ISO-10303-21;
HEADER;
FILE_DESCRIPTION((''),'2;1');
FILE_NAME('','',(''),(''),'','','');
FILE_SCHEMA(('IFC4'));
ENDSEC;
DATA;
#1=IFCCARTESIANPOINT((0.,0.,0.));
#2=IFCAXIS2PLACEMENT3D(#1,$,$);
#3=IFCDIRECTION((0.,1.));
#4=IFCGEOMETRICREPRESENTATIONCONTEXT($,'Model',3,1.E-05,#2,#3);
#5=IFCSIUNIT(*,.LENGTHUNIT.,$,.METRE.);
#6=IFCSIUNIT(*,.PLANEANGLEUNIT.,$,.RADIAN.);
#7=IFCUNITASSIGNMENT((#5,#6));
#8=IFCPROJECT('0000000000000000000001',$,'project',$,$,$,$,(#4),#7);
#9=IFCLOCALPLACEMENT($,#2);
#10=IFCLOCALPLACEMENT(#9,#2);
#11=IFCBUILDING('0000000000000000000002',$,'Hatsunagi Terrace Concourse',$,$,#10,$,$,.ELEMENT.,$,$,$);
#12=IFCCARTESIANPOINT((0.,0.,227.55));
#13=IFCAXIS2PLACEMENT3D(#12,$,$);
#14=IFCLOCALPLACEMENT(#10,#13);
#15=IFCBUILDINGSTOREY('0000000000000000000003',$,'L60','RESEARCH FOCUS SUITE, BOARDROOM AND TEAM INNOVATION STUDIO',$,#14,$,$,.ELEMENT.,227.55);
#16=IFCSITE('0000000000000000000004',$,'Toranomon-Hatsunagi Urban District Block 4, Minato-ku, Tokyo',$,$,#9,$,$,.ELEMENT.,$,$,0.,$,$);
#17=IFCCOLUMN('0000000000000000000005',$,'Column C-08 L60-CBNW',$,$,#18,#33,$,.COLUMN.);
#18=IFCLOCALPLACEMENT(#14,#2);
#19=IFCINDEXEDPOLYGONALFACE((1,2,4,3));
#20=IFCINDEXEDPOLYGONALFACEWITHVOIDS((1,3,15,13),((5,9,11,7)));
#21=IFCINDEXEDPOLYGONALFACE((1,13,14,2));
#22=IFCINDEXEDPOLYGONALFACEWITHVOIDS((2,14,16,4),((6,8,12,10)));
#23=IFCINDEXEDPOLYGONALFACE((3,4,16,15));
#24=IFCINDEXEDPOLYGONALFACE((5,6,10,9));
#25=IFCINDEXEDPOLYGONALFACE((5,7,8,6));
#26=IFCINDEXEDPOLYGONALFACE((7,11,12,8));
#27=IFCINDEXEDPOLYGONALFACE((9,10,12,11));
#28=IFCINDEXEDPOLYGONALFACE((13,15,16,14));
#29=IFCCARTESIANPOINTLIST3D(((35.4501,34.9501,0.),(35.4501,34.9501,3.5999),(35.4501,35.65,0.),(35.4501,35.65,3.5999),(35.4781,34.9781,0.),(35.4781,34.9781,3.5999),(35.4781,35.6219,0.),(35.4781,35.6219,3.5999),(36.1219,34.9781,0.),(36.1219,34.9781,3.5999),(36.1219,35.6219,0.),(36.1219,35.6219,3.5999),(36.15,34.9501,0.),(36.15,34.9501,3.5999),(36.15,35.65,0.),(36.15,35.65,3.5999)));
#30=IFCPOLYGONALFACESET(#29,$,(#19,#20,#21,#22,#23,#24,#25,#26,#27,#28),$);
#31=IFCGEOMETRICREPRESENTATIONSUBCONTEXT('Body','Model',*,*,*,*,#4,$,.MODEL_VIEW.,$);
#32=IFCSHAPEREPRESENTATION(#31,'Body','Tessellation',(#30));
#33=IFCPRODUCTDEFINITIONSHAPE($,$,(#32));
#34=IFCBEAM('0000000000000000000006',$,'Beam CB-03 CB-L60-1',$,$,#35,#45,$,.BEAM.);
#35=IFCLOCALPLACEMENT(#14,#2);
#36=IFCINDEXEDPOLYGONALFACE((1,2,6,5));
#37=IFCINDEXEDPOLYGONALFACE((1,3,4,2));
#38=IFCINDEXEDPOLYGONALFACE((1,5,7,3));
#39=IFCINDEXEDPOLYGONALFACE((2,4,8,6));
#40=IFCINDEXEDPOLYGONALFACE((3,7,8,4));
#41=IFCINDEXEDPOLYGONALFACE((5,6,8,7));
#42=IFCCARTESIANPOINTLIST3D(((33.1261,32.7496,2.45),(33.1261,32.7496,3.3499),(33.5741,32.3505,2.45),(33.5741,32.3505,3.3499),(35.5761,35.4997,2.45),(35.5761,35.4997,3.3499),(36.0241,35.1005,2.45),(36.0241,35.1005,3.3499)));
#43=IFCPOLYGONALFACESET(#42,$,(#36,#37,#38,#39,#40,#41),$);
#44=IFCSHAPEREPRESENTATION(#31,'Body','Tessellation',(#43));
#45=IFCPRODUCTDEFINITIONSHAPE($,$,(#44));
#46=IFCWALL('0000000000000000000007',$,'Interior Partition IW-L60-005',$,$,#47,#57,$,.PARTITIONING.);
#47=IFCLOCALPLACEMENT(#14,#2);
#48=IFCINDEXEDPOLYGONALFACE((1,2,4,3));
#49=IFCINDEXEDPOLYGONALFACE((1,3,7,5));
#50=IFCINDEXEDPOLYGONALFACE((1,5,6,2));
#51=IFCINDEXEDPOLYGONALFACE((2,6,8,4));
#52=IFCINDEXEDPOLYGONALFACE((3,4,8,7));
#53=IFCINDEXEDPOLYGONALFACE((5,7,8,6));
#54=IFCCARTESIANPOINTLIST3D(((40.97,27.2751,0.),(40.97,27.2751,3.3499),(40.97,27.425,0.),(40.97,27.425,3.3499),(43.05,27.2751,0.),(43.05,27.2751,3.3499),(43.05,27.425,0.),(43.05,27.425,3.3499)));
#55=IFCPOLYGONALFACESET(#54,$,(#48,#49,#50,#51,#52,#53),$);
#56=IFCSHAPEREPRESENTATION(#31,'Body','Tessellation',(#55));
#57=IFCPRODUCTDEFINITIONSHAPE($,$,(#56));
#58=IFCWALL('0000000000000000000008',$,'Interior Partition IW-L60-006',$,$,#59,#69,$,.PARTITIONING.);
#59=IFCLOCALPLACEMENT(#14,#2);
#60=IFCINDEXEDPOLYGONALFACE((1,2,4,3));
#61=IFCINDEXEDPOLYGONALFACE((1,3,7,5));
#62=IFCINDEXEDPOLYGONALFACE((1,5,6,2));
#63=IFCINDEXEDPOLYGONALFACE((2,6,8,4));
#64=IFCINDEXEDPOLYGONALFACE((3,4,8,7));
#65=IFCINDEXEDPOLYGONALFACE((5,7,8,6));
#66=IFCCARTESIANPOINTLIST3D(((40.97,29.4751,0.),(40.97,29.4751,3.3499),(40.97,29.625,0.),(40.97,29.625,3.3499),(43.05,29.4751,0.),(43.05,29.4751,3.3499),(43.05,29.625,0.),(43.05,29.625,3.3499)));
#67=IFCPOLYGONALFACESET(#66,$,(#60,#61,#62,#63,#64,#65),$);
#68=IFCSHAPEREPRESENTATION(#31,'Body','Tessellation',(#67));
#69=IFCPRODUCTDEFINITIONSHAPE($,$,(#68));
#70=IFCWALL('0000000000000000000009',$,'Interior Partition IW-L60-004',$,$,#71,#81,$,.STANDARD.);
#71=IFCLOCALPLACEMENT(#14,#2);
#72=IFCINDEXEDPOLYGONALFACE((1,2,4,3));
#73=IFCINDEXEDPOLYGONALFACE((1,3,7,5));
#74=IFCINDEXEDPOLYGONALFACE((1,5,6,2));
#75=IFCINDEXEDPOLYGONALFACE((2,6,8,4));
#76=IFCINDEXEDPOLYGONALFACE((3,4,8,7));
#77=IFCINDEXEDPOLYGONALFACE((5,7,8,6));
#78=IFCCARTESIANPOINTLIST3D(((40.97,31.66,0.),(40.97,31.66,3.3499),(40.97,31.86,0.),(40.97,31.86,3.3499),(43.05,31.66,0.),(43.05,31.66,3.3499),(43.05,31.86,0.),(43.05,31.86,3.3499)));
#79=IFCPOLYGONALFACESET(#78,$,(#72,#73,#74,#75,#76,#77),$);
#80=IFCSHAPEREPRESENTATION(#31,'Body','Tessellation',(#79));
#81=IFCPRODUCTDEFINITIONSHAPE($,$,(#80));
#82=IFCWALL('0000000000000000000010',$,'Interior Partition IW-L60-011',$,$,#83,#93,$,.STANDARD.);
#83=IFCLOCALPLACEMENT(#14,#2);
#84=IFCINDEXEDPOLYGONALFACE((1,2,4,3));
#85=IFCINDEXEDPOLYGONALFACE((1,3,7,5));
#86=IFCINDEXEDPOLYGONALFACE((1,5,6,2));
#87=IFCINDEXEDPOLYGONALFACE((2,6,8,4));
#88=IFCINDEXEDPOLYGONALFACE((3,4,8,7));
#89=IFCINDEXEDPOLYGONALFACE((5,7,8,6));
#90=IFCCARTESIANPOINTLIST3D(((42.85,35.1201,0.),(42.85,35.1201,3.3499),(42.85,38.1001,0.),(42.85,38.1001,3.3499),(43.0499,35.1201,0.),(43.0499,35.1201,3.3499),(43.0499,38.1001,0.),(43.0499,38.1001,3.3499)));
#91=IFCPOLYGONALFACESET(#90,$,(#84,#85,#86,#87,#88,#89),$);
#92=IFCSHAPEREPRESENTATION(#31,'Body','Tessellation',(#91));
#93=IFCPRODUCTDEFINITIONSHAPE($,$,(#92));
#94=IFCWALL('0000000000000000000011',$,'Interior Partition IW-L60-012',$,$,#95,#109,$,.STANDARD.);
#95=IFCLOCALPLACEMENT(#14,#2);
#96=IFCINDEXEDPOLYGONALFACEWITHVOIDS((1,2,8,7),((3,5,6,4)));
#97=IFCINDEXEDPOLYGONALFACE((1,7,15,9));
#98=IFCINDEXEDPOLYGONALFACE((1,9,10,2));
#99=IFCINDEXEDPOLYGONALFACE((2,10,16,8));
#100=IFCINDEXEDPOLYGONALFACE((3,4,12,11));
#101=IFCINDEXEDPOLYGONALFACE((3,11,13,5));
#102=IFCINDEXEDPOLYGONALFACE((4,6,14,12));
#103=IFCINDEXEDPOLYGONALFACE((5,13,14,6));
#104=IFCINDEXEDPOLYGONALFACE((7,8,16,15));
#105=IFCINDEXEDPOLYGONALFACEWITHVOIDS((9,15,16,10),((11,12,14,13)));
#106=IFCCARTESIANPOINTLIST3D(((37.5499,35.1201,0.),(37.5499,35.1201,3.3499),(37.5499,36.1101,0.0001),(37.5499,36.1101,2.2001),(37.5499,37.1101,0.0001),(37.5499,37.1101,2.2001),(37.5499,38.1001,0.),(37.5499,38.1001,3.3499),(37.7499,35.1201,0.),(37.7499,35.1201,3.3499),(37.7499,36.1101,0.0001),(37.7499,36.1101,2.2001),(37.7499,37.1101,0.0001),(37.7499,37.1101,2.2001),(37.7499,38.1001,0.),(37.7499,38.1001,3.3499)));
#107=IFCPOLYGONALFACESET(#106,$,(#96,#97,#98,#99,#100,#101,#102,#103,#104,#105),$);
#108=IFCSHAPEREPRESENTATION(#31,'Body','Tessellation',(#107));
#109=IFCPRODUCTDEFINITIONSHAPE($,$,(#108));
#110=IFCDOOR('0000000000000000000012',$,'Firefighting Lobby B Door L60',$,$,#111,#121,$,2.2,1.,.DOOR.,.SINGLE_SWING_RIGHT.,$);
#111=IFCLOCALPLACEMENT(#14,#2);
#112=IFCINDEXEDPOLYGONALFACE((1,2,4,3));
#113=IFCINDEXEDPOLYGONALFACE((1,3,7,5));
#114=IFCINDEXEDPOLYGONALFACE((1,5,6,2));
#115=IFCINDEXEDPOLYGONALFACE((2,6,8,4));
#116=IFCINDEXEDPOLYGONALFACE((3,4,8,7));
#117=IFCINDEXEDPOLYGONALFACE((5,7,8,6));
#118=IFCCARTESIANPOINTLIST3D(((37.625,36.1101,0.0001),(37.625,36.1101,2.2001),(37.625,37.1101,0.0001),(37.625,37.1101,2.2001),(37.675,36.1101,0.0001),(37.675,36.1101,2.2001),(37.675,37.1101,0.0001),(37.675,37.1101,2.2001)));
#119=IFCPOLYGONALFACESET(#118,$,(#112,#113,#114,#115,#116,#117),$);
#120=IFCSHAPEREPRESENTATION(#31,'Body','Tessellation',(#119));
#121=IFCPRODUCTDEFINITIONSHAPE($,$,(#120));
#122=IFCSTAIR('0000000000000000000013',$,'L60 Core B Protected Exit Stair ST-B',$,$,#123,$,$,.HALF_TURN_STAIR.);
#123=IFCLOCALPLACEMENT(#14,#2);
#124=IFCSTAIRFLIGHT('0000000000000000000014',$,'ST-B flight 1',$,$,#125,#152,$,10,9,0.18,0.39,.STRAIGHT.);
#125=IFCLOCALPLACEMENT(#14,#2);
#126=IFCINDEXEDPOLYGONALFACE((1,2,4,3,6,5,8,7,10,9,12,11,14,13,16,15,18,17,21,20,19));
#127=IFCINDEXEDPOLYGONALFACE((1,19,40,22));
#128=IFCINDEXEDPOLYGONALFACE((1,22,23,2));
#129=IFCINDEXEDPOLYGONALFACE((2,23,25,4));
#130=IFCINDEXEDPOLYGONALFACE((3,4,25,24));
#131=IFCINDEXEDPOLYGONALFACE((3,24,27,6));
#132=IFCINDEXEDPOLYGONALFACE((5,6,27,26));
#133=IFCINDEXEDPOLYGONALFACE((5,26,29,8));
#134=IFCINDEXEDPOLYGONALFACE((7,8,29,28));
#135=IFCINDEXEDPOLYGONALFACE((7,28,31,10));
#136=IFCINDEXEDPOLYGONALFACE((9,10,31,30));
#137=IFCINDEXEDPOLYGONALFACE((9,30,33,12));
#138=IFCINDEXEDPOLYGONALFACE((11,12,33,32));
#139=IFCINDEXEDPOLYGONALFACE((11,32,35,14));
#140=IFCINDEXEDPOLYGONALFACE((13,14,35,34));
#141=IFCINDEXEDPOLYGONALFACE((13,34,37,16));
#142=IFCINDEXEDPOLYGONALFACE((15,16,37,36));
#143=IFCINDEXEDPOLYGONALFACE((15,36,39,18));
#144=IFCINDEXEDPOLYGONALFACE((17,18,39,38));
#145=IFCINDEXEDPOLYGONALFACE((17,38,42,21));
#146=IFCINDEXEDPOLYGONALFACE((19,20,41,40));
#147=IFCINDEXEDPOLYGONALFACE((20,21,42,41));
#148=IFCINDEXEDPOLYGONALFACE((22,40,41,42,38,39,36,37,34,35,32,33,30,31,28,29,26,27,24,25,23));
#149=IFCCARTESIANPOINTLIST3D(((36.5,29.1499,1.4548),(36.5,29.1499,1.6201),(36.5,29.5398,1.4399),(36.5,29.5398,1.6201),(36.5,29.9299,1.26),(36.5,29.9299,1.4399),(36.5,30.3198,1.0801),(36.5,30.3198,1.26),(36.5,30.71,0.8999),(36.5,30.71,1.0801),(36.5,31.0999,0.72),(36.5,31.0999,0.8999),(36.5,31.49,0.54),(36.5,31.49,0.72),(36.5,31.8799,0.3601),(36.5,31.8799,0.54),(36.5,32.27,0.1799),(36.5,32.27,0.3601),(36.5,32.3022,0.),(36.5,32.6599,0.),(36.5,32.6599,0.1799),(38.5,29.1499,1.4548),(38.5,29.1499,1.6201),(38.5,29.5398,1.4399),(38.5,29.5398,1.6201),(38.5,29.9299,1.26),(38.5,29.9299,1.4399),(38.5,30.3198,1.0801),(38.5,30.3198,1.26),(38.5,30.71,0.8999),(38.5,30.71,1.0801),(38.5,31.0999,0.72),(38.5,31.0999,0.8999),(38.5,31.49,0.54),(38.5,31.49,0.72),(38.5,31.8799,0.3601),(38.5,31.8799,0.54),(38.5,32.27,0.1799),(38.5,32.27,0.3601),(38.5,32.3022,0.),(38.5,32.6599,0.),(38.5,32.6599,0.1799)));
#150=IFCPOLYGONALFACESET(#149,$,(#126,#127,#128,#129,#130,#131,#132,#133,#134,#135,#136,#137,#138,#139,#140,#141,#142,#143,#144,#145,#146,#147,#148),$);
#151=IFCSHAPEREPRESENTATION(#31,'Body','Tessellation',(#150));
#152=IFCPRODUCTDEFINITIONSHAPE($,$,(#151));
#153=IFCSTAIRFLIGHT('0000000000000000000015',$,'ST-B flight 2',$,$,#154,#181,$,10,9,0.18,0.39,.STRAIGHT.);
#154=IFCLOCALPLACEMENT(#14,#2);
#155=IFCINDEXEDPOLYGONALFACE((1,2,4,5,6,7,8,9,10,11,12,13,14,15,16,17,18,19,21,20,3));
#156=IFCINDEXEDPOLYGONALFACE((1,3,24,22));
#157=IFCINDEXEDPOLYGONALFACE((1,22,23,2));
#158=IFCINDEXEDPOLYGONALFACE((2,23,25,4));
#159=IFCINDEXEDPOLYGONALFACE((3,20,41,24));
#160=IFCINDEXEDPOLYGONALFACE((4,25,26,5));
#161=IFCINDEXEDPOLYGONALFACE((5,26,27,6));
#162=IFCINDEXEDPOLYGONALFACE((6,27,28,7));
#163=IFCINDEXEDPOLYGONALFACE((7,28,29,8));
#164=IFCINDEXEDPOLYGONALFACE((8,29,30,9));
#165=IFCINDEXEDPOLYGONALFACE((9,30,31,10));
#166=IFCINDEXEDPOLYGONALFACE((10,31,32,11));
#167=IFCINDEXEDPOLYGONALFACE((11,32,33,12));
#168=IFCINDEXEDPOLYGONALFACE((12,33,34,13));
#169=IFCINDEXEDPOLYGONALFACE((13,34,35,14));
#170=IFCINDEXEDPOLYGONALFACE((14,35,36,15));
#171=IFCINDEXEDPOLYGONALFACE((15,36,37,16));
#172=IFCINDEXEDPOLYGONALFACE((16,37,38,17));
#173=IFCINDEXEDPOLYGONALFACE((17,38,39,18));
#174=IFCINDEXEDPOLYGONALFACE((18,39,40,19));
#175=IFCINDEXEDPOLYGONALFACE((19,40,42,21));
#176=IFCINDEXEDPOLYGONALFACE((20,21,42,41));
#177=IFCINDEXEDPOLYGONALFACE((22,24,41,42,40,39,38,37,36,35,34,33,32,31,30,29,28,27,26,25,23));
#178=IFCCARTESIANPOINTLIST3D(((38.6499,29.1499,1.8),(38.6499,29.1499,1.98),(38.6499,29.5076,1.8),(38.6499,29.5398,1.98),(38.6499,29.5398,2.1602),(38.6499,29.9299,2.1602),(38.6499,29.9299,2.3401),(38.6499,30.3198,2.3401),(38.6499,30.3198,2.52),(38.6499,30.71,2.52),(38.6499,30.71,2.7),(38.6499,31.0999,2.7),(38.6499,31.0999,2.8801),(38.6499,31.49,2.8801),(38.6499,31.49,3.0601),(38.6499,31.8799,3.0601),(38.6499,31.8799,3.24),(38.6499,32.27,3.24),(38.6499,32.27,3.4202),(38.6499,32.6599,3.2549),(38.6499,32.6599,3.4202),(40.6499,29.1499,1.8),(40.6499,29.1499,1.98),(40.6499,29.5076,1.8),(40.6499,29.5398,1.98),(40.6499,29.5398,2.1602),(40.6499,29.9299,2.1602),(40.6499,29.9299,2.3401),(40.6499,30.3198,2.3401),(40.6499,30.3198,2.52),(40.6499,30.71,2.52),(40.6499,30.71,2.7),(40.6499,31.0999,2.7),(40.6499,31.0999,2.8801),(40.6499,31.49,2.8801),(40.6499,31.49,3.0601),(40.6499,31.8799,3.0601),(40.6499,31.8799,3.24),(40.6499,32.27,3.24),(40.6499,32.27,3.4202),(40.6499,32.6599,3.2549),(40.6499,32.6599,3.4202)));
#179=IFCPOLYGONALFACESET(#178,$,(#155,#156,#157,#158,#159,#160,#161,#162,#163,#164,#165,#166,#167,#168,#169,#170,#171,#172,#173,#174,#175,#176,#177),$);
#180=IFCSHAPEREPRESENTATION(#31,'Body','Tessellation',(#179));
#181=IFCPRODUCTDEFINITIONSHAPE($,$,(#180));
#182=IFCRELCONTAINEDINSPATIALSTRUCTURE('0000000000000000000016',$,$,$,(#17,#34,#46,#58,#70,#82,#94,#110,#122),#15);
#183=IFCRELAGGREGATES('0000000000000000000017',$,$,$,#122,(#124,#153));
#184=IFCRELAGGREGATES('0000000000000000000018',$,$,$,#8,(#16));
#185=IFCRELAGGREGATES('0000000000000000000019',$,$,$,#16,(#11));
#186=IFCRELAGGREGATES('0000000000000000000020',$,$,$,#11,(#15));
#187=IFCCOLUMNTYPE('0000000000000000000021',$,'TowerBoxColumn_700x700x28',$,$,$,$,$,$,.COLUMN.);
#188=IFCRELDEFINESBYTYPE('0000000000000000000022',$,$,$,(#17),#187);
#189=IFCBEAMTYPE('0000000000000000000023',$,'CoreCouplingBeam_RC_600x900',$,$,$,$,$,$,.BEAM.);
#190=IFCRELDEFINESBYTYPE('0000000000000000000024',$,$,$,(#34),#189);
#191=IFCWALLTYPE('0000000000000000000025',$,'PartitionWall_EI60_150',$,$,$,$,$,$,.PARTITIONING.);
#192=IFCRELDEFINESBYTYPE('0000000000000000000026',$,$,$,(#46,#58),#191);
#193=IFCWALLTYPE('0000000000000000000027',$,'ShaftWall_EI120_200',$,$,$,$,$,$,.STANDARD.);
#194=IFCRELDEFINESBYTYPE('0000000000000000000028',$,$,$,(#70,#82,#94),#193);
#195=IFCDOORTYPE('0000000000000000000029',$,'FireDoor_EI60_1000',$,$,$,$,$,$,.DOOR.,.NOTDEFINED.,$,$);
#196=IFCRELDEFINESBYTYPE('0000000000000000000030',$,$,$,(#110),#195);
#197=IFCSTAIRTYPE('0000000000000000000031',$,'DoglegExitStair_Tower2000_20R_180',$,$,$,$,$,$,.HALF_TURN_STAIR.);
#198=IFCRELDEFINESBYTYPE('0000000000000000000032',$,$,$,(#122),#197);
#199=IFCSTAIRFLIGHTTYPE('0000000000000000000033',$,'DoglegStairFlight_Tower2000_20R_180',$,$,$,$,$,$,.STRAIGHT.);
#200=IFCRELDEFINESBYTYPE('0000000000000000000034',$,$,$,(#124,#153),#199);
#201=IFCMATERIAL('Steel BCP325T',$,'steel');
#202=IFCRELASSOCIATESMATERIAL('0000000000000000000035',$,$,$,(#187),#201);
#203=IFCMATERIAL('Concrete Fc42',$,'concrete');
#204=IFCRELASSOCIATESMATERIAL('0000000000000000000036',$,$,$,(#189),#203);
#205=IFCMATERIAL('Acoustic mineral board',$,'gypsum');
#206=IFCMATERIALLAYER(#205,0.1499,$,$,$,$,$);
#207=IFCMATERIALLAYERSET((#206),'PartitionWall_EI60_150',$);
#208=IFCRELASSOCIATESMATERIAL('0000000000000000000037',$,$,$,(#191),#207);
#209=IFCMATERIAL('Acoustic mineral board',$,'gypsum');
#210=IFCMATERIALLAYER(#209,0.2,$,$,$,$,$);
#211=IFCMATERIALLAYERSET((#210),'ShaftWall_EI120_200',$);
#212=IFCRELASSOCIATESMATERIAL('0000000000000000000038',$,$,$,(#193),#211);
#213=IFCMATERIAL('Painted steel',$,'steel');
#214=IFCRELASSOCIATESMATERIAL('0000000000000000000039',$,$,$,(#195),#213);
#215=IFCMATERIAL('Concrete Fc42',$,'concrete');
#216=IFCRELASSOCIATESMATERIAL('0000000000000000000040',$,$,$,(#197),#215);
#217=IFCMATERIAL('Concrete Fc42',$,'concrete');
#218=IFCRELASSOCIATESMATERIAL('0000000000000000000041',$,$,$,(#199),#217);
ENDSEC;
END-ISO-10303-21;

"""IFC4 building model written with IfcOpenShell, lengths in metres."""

from ifc_helpers import new_model, si_unit, direction, frame, frame_2d, origin, origin_2d, place, context, subcontext, project, spatial, polyline, rectangle, hollow_rectangle, outline, extrude, material, layer, layer_set, material_profile, profile_set, type_object, element, fill, aggregate, save


model = new_model("IFC4")

# Units and contexts
model_context = context("Model", 3, precision=1e-05, world=origin(), true_north=direction((0.0, 1.0)))
body_context = subcontext(model_context, "Body", "Model", "MODEL_VIEW")
ifc_project = project(units=[si_unit("LENGTHUNIT", "METRE"), si_unit("PLANEANGLEUNIT", "RADIAN")], contexts=[model_context])

# Site, building, storey
site_placement = place(None, origin())
site = spatial("IfcSite", under=ifc_project, at=site_placement, Name="Toranomon-Hatsunagi Urban District Block 4, Minato-ku, Tokyo", CompositionType="ELEMENT", RefElevation=0.0)
building_placement = place(site_placement, origin())
building = spatial("IfcBuilding", under=site, at=building_placement, Name="Hatsunagi Terrace Concourse", CompositionType="ELEMENT")
storey_placement = place(building_placement, frame((0.0, 0.0, 227.55)))
storey = spatial("IfcBuildingStorey", under=building, at=storey_placement, Name="L60", Description="RESEARCH FOCUS SUITE, BOARDROOM AND TEAM INNOVATION STUDIO", CompositionType="ELEMENT", Elevation=227.55)

# Column
ifc_material_1 = material(Name="Steel BCP325T", Category="steel")
ifc_material_profile_1 = material_profile(ifc_material_1, hollow_rectangle(XDim=0.7, YDim=0.7, WallThickness=0.0281, at=origin_2d()), Name="BCP-700x700x28")
ifc_profile_set_1 = profile_set([ifc_material_profile_1], Name="Steel BCP325T")
column_type = type_object("IfcColumnType", Name="TowerBoxColumn_700x700x28", PredefinedType="COLUMN", material=ifc_profile_set_1)
column_placement = place(storey_placement, frame((35.8, 35.3, 0.0), z_axis=(0.0, 0.0, 1.0), x_axis=(1.0, 0.0, 0.0)))
element("IfcColumn", 1, at=column_placement, inside=storey, type_object=column_type, Name="Column C-08 L60-CBNW", PredefinedType="COLUMN", context=body_context, shape_type="SweptSolid", body=[
    extrude(hollow_rectangle(XDim=0.7, YDim=0.7, WallThickness=0.0281, at=origin_2d()), origin(), (0.0, 0.0, 1.0), 3.5999),
])

# Beam
ifc_material_2 = material(Name="Concrete Fc42", Category="concrete")
ifc_material_profile_2 = material_profile(ifc_material_2, rectangle(XDim=0.6001, YDim=0.8999, at=origin_2d()), Name="RC-600x900")
ifc_profile_set_2 = profile_set([ifc_material_profile_2], Name="Concrete Fc42")
beam_type = type_object("IfcBeamType", Name="CoreCouplingBeam_RC_600x900", PredefinedType="BEAM", material=ifc_profile_set_2)
beam_placement = place(storey_placement, frame((33.3501, 32.55, 2.8999), z_axis=(0.665199, 0.746666, 0.0), x_axis=(-0.746666, 0.665199, 0.0)))
element("IfcBeam", 2, at=beam_placement, inside=storey, type_object=beam_type, Name="Beam CB-03 CB-L60-1", PredefinedType="BEAM", context=body_context, shape_type="SweptSolid", body=[
    extrude(rectangle(XDim=0.6001, YDim=0.8999, at=origin_2d()), origin(), (0.0, 0.0, 1.0), 3.6831),
])

# Walls
ifc_material_3 = material(Name="Acoustic mineral board", Category="gypsum")
ifc_layer_1 = layer(ifc_material_3, 0.1499)
ifc_layer_set_1 = layer_set([ifc_layer_1], Name="PartitionWall_EI60_150")
wall_type_1 = type_object("IfcWallType", Name="PartitionWall_EI60_150", PredefinedType="PARTITIONING", material=ifc_layer_set_1)
for number, where, z_axis, x_axis, name in (
    (3, (40.97, 27.3501, 0.0), (0.0, 0.0, 1.0), (1.0, 0.0, 0.0), "Interior Partition IW-L60-005"),
    (4, (40.97, 29.55, 0.0), (0.0, 0.0, 1.0), (1.0, 0.0, 0.0), "Interior Partition IW-L60-006"),
):
    element("IfcWall", number, at=place(storey_placement, frame(where, z_axis=z_axis, x_axis=x_axis)), inside=storey, type_object=wall_type_1, Name=name, PredefinedType="PARTITIONING", context=body_context, shape_type="SweptSolid", body=[
        extrude(rectangle(XDim=2.0801, YDim=0.1499, at=frame_2d((1.04, 0.0))), origin(), (0.0, 0.0, 1.0), 3.3499),
    ])
ifc_material_4 = material(Name="Acoustic mineral board", Category="gypsum")
ifc_layer_2 = layer(ifc_material_4, 0.2)
ifc_layer_set_2 = layer_set([ifc_layer_2], Name="ShaftWall_EI120_200")
wall_type_2 = type_object("IfcWallType", Name="ShaftWall_EI120_200", PredefinedType="STANDARD", material=ifc_layer_set_2)
wall_1_placement = place(storey_placement, frame((40.97, 31.76, 0.0), z_axis=(0.0, 0.0, 1.0), x_axis=(1.0, 0.0, 0.0)))
element("IfcWall", 5, at=wall_1_placement, inside=storey, type_object=wall_type_2, Name="Interior Partition IW-L60-004", PredefinedType="STANDARD", context=body_context, shape_type="SweptSolid", body=[
    extrude(rectangle(XDim=2.0801, YDim=0.2, at=frame_2d((1.04, 0.0))), origin(), (0.0, 0.0, 1.0), 3.3499),
])
wall_2_placement = place(storey_placement, frame((42.95, 35.1201, 0.0), z_axis=(0.0, 0.0, 1.0), x_axis=(0.0, 1.0, 0.0)))
element("IfcWall", 6, at=wall_2_placement, inside=storey, type_object=wall_type_2, Name="Interior Partition IW-L60-011", PredefinedType="STANDARD", context=body_context, shape_type="SweptSolid", body=[
    extrude(rectangle(XDim=2.98, YDim=0.2, at=frame_2d((1.49, 0.0))), origin(), (0.0, 0.0, 1.0), 3.3499),
])

# Wall, opening, door
wall_3_placement = place(storey_placement, frame((37.6499, 35.1201, 0.0), z_axis=(0.0, 0.0, 1.0), x_axis=(0.0, 1.0, 0.0)))
wall_3 = element("IfcWall", 7, at=wall_3_placement, inside=storey, type_object=wall_type_2, Name="Interior Partition IW-L60-012", PredefinedType="STANDARD", context=body_context, shape_type="SweptSolid", body=[
    extrude(rectangle(XDim=2.98, YDim=0.2, at=frame_2d((1.49, 0.0))), origin(), (0.0, 0.0, 1.0), 3.3499),
])
opening_1_placement = place(wall_3_placement, frame((0.99, 0.0, 0.0)))
opening_1 = element("IfcOpeningElement", 8, at=opening_1_placement, cuts=wall_3, PredefinedType="OPENING", context=body_context, shape_type="SweptSolid", body=[
    extrude(rectangle(XDim=1.0, YDim=2.2, at=frame_2d((0.5, 1.1001))), frame((0.0, 0.1099, 0.0), z_axis=(0.0, -1.0, 0.0), x_axis=(1.0, 0.0, 0.0)), (0.0, 0.0, 1.0), 0.22),
])
ifc_material_5 = material(Name="Painted steel", Category="steel")
door_type_1 = type_object("IfcDoorType", Name="FireDoor_EI60_1000", OperationType="NOTDEFINED", PredefinedType="DOOR", material=ifc_material_5)
door_1_placement = place(opening_1_placement, origin())
door_1 = element("IfcDoor", 9, at=door_1_placement, inside=storey, type_object=door_type_1, Name="Firefighting Lobby B Door L60", OperationType="SINGLE_SWING_RIGHT", OverallHeight=2.2, OverallWidth=1.0, PredefinedType="DOOR", context=body_context, shape_type="SweptSolid", body=[
    extrude(rectangle(XDim=1.0, YDim=2.2, at=frame_2d((0.5, 1.1001))), frame((0.0, 0.0249, 0.0), z_axis=(0.0, -1.0, 0.0), x_axis=(1.0, 0.0, 0.0)), (0.0, 0.0, 1.0), 0.05),
])
fill(opening_1, door_1)

# Stair, stair flights
ifc_material_6 = material(Name="Concrete Fc42", Category="concrete")
stair_type = type_object("IfcStairType", Name="DoglegExitStair_Tower2000_20R_180", PredefinedType="HALF_TURN_STAIR", material=ifc_material_6)
stair_placement = place(storey_placement, origin())
stair = element("IfcStair", 10, at=stair_placement, inside=storey, type_object=stair_type, Name="L60 Core B Protected Exit Stair ST-B", PredefinedType="HALF_TURN_STAIR")
ifc_material_7 = material(Name="Concrete Fc42", Category="concrete")
stair_flight_type = type_object("IfcStairFlightType", Name="DoglegStairFlight_Tower2000_20R_180", PredefinedType="STRAIGHT", material=ifc_material_7)
stair_flight_1_placement = place(storey_placement, frame((37.5, 32.6599, 0.0), z_axis=(0.0, 0.0, 1.0), x_axis=(0.0, -1.0, 0.0)))
stair_flight_1 = element("IfcStairFlight", 11, at=stair_flight_1_placement, type_object=stair_flight_type, Name="ST-B flight 1", NumberOfRisers=10, NumberOfTreads=9, PredefinedType="STRAIGHT", RiserHeight=0.18, TreadLength=0.39, context=body_context, shape_type="SweptSolid", body=[
    extrude(outline(polyline([(0.0, 0.0), (0.0, 0.1799), (0.3899, 0.1799), (0.3899, 0.3601), (0.78, 0.3601), (0.78, 0.54), (1.1699, 0.54), (1.1699, 0.72), (1.5601, 0.72), (1.5601, 0.8999), (1.95, 0.8999), (1.95, 1.0801), (2.3401, 1.0801), (2.3401, 1.26), (2.73, 1.26), (2.73, 1.4399), (3.1201, 1.4399), (3.1201, 1.6201), (3.51, 1.6201), (3.51, 1.8), (3.51, 1.4548), (0.3577, 0.0), (0.0, 0.0)])), frame((0.0, 1.0, 0.0), z_axis=(0.0, -1.0, 0.0), x_axis=(1.0, 0.0, 0.0)), (0.0, 0.0, 1.0), 2.0),
])
stair_flight_2_placement = place(storey_placement, frame((39.6499, 29.1499, 1.8), z_axis=(0.0, 0.0, 1.0), x_axis=(0.0, 1.0, 0.0)))
stair_flight_2 = element("IfcStairFlight", 12, at=stair_flight_2_placement, type_object=stair_flight_type, Name="ST-B flight 2", NumberOfRisers=10, NumberOfTreads=9, PredefinedType="STRAIGHT", RiserHeight=0.18, TreadLength=0.39, context=body_context, shape_type="SweptSolid", body=[
    extrude(outline(polyline([(0.0, 0.0), (0.0, 0.1799), (0.3899, 0.1799), (0.3899, 0.3601), (0.78, 0.3601), (0.78, 0.54), (1.1699, 0.54), (1.1699, 0.72), (1.5601, 0.72), (1.5601, 0.8999), (1.95, 0.8999), (1.95, 1.0801), (2.3401, 1.0801), (2.3401, 1.26), (2.73, 1.26), (2.73, 1.4399), (3.1201, 1.4399), (3.1201, 1.6201), (3.51, 1.6201), (3.51, 1.8), (3.51, 1.4548), (0.3577, 0.0), (0.0, 0.0)])), frame((0.0, 1.0, 0.0), z_axis=(0.0, -1.0, 0.0), x_axis=(1.0, 0.0, 0.0)), (0.0, 0.0, 1.0), 2.0),
])
aggregate(stair, [stair_flight_1, stair_flight_2])

save(model, "model.ifc")
